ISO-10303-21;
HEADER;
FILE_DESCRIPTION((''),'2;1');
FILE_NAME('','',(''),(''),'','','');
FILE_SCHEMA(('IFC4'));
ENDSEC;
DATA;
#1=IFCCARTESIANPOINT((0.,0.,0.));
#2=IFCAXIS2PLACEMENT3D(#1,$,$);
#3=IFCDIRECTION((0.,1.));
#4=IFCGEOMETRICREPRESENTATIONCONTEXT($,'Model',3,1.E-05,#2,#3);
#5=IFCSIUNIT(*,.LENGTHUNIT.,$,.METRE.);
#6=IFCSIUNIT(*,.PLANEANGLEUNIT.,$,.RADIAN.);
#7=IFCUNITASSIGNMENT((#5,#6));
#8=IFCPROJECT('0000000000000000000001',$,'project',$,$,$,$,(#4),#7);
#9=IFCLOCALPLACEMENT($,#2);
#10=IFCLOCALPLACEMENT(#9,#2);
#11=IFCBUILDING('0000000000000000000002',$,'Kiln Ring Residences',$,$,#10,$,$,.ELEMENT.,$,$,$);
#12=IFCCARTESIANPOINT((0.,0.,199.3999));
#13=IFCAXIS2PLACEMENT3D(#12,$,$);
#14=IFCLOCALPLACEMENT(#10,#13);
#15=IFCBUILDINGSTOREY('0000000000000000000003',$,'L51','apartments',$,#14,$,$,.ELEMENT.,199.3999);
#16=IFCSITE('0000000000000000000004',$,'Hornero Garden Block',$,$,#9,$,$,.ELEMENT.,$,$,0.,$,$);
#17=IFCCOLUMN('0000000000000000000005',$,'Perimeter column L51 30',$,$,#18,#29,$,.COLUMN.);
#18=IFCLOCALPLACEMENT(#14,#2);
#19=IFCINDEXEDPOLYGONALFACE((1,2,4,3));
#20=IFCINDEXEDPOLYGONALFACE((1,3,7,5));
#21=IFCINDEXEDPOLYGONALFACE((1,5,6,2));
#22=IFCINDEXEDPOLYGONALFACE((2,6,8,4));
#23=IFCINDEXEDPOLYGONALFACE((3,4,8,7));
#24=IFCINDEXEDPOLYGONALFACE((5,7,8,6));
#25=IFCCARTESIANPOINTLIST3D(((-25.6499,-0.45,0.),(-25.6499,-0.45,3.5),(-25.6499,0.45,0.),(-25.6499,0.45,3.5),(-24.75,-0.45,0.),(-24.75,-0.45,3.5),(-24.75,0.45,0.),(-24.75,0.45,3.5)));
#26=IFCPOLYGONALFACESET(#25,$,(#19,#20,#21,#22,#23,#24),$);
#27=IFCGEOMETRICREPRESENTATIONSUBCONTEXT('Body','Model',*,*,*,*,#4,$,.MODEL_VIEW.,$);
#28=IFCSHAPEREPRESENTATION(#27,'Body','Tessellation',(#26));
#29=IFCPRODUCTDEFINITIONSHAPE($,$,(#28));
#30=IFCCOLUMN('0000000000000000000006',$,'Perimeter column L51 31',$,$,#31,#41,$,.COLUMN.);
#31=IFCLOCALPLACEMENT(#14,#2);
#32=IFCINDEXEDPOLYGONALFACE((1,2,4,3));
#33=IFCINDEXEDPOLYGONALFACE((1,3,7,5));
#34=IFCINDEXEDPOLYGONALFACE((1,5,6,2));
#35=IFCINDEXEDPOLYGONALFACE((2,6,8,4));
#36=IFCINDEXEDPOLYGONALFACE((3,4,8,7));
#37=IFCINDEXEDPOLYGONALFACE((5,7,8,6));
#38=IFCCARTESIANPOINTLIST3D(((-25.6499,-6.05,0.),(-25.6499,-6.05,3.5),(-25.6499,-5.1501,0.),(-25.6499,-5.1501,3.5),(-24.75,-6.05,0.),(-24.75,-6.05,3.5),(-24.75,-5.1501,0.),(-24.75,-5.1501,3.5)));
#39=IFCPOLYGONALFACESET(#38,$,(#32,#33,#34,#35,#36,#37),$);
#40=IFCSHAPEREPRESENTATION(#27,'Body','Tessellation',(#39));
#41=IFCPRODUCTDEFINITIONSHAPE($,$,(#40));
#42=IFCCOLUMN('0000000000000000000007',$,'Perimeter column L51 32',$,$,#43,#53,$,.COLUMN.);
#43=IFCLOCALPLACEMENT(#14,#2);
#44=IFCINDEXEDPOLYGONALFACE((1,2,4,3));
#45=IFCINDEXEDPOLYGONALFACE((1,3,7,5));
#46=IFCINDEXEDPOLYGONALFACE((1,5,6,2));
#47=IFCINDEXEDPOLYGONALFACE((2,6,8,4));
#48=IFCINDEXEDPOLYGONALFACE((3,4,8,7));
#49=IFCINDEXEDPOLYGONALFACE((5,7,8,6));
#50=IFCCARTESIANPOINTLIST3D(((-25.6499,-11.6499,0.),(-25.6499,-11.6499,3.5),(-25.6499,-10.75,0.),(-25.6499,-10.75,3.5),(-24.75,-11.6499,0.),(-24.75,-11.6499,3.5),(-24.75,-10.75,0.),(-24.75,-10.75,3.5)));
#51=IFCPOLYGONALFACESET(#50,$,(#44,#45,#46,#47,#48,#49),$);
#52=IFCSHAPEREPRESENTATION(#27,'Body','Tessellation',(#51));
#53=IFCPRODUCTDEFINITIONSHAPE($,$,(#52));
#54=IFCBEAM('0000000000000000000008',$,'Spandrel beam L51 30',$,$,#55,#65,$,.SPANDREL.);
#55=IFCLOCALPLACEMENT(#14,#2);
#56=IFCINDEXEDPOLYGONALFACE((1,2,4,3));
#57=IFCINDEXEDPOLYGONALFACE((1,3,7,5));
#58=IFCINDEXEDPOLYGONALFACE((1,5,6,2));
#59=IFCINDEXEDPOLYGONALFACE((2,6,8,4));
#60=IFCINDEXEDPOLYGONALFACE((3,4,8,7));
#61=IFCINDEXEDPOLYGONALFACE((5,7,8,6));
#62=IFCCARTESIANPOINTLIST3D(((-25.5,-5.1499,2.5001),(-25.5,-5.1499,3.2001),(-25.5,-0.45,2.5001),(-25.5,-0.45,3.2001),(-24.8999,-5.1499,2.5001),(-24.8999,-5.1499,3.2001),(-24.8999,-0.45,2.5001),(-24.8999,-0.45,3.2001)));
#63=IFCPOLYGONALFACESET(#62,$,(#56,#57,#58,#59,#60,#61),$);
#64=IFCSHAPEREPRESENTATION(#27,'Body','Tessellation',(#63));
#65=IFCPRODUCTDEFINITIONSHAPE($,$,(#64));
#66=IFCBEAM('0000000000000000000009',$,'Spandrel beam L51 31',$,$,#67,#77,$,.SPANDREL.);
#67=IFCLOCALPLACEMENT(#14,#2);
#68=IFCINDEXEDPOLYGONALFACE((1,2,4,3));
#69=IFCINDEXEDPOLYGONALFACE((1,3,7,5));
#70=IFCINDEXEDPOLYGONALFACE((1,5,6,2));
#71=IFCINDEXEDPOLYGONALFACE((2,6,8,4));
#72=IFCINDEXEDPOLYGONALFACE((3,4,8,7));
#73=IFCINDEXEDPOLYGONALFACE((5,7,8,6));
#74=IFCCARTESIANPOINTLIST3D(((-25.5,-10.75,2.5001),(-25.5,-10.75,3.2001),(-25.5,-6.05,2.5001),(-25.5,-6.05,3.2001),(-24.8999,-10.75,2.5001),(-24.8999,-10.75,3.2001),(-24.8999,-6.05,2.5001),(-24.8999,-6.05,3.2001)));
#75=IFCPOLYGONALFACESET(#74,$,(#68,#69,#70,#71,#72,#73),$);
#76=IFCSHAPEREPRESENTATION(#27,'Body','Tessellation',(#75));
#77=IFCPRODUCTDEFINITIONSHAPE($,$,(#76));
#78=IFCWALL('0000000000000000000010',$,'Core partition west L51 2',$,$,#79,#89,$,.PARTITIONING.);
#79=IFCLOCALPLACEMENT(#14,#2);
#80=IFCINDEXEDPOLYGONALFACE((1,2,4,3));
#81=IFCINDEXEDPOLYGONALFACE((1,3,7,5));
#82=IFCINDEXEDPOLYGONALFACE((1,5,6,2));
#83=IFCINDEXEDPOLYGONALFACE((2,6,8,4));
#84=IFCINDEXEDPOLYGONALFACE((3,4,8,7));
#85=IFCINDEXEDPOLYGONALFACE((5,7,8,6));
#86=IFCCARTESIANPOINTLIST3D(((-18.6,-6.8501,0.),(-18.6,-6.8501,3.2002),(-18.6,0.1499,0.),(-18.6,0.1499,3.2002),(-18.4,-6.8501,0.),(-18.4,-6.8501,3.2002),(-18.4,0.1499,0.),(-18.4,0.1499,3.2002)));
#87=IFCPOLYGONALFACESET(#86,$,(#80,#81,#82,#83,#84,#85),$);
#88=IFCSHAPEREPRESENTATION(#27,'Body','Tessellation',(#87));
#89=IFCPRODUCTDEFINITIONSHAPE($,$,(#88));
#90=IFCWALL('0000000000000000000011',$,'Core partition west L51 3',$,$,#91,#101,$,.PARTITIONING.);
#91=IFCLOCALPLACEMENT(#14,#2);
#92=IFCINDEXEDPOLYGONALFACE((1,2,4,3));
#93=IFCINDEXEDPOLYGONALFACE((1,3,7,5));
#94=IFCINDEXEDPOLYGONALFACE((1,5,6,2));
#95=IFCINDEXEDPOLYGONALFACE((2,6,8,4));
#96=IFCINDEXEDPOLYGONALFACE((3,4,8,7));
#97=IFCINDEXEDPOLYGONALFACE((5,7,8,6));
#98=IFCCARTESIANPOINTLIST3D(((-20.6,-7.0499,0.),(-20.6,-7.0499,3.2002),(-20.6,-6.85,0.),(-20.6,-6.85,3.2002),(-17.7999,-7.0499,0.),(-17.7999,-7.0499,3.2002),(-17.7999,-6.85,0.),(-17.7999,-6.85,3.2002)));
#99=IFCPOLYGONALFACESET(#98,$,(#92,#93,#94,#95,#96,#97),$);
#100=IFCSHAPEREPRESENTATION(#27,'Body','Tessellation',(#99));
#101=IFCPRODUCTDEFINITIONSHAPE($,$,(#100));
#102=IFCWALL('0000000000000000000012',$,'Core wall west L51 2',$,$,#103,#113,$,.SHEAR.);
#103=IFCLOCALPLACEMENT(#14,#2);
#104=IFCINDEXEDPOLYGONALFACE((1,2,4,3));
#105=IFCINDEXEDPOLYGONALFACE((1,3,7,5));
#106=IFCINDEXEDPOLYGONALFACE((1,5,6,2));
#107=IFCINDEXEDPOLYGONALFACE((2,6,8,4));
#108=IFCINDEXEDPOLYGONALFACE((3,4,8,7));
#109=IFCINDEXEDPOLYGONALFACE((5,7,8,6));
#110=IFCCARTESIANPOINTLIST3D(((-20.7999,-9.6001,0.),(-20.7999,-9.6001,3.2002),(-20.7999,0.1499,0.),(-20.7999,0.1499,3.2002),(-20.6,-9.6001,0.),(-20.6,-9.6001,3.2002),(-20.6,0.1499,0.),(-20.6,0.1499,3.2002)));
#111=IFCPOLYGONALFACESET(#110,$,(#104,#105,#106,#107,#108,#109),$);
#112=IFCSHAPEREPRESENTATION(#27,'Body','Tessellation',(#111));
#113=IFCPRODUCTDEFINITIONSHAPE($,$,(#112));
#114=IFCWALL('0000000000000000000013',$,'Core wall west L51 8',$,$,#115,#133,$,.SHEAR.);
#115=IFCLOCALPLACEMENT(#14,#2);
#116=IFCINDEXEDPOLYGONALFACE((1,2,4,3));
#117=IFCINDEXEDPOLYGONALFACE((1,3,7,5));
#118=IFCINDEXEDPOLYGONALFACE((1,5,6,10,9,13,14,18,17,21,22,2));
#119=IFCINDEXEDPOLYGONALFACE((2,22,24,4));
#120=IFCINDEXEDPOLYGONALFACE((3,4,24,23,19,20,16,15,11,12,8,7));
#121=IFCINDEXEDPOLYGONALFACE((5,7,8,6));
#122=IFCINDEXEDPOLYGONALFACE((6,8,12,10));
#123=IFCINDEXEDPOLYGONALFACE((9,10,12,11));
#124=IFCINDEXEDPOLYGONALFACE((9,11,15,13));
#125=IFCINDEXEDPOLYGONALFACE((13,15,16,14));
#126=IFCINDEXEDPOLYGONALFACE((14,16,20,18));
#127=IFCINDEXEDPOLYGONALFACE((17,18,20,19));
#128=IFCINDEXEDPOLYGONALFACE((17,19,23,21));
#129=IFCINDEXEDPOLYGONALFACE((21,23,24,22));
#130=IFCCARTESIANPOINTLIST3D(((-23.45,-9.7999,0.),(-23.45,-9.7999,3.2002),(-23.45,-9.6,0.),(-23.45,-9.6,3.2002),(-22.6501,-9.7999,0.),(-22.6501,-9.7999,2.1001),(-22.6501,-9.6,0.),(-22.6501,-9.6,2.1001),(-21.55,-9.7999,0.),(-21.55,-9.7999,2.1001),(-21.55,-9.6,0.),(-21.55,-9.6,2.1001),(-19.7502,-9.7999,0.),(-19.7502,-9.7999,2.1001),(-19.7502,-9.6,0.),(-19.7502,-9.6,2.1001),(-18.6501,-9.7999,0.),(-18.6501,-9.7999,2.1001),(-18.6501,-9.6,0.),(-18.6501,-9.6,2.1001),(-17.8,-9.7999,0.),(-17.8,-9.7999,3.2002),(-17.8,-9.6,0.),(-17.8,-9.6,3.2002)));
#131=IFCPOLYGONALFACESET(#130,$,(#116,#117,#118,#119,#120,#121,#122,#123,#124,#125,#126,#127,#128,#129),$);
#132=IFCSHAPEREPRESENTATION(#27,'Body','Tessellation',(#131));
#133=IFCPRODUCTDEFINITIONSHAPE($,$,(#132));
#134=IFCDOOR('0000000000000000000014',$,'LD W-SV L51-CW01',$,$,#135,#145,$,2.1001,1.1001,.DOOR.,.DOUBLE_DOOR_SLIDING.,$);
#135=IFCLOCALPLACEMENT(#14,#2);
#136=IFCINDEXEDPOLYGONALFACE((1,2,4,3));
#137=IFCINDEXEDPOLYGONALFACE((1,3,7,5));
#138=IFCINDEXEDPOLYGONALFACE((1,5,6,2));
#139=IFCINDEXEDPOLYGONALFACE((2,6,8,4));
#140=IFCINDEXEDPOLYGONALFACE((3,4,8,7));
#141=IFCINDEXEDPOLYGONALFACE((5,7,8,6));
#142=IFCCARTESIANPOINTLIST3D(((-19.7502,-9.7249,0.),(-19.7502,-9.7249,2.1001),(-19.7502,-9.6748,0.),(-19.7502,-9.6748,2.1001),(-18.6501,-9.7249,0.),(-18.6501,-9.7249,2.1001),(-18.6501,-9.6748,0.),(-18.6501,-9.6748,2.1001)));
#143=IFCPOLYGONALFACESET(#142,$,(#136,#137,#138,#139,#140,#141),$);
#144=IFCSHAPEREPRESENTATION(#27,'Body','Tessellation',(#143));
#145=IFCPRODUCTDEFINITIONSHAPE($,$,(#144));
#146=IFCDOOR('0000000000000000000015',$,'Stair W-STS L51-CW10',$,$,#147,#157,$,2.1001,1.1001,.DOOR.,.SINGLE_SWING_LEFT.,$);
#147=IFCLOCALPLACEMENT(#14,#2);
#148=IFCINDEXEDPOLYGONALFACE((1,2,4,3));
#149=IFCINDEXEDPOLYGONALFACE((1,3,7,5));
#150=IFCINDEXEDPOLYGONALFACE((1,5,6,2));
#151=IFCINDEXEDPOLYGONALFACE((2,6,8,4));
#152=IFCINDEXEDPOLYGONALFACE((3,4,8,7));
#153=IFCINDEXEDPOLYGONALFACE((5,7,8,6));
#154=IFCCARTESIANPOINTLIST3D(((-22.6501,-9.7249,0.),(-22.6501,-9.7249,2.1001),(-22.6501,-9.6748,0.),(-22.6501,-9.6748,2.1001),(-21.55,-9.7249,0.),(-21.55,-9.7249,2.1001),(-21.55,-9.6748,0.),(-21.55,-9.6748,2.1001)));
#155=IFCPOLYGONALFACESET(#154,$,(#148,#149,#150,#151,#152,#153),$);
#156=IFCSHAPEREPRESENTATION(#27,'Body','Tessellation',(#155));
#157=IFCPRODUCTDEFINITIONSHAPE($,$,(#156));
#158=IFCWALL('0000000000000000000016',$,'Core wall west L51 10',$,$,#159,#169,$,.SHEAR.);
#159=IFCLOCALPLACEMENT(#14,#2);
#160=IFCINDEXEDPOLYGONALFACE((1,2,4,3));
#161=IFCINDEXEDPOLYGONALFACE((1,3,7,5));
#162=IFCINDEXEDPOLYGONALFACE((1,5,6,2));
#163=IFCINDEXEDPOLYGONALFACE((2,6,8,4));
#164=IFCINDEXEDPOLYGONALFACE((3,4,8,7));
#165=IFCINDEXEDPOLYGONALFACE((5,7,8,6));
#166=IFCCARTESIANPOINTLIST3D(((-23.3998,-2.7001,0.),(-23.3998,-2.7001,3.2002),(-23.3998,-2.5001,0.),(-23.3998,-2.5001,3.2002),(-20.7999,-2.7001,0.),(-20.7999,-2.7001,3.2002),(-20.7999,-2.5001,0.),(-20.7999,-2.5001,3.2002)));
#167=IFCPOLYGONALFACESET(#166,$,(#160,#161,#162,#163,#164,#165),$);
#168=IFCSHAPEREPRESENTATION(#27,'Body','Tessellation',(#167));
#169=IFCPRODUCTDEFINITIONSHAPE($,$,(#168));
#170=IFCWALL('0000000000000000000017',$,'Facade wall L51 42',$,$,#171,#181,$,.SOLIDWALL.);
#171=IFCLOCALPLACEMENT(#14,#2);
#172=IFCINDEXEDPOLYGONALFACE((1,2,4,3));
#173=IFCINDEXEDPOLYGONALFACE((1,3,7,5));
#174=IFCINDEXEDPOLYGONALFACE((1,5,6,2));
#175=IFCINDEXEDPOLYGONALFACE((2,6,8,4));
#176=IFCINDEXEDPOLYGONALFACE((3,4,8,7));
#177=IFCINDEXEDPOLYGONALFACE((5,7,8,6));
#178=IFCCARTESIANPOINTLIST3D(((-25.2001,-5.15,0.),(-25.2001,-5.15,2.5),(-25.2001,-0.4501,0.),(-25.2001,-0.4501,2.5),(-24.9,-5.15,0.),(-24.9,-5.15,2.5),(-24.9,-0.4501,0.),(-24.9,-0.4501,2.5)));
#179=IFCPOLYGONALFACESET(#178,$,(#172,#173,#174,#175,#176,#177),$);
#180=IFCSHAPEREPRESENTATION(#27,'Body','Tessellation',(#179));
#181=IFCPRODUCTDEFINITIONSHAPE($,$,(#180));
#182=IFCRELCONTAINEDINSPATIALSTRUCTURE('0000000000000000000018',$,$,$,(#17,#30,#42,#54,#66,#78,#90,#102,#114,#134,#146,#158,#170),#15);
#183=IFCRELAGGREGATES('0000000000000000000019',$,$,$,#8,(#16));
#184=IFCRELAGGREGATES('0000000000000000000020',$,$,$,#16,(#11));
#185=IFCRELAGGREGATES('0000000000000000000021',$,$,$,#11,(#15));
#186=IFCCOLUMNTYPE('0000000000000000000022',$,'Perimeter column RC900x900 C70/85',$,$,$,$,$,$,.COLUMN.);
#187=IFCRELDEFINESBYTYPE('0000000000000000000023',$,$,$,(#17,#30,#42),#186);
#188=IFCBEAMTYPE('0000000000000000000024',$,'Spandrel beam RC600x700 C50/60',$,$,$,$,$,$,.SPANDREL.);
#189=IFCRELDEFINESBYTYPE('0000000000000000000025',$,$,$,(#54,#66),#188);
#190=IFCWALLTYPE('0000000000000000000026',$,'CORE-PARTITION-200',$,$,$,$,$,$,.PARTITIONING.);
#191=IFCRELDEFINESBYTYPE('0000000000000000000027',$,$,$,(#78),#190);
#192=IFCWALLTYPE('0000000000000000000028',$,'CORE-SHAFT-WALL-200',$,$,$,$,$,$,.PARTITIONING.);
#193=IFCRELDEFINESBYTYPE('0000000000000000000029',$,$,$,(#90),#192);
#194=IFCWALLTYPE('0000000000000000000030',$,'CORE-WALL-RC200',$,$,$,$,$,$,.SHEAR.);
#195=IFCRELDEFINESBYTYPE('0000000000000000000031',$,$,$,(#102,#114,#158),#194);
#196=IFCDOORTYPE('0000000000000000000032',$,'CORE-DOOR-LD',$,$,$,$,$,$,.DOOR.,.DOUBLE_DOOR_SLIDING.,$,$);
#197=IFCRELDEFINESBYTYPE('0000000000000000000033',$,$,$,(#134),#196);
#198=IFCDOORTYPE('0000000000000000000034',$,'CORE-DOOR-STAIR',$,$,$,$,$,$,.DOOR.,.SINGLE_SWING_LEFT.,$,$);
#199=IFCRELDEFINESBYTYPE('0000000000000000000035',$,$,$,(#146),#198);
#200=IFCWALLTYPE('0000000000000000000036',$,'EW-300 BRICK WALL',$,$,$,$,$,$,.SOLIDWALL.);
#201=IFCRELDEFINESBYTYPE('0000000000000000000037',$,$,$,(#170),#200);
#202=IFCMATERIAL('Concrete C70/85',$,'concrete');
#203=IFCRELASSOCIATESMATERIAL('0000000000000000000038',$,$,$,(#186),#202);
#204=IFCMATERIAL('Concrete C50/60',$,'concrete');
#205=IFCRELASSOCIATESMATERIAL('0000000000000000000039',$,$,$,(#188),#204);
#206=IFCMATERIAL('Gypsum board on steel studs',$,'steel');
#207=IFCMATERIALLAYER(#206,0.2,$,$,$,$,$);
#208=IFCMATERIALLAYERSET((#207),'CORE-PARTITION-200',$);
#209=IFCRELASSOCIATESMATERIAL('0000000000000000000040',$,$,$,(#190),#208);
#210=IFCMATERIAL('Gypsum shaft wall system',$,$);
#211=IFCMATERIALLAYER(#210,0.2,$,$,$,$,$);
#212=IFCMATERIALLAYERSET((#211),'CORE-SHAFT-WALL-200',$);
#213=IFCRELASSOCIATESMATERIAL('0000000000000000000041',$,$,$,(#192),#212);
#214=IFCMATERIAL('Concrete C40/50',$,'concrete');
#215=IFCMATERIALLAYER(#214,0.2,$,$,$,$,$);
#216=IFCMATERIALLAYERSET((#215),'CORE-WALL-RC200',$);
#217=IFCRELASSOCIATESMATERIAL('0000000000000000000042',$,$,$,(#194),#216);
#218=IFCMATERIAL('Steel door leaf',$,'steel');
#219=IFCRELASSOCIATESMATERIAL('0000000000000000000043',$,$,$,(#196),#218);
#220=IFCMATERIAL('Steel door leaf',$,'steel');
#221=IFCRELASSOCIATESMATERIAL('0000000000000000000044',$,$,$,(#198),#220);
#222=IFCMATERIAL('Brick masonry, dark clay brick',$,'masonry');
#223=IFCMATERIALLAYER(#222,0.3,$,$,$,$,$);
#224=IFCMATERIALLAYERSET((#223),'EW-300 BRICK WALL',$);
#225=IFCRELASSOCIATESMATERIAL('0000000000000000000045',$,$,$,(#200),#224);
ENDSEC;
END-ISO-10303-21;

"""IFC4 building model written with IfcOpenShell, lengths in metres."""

from ifc_helpers import new_model, si_unit, direction, frame, frame_2d, origin, origin_2d, place, context, subcontext, project, spatial, rectangle, extrude, material, layer, layer_set, material_profile, profile_set, type_object, element, fill, save


model = new_model("IFC4")

# Units and contexts
model_context = context("Model", 3, precision=1e-05, world=origin(), true_north=direction((0.0, 1.0)))
body_context = subcontext(model_context, "Body", "Model", "MODEL_VIEW")
ifc_project = project(units=[si_unit("LENGTHUNIT", "METRE"), si_unit("PLANEANGLEUNIT", "RADIAN")], contexts=[model_context])

# Site, building, storey
site_placement = place(None, origin())
site = spatial("IfcSite", under=ifc_project, at=site_placement, Name="Hornero Garden Block", CompositionType="ELEMENT", RefElevation=0.0)
building_placement = place(site_placement, origin())
building = spatial("IfcBuilding", under=site, at=building_placement, Name="Kiln Ring Residences", CompositionType="ELEMENT")
storey_placement = place(building_placement, frame((0.0, 0.0, 199.3999)))
storey = spatial("IfcBuildingStorey", under=building, at=storey_placement, Name="L51", Description="apartments", CompositionType="ELEMENT", Elevation=199.3999)

# Columns
ifc_material_1 = material(Name="Concrete C70/85", Category="concrete")
ifc_material_profile_1 = material_profile(ifc_material_1, rectangle(XDim=0.8999, YDim=0.8999, at=origin_2d()), Name="RC900x900")
ifc_profile_set_1 = profile_set([ifc_material_profile_1], Name="Concrete C70/85")
column_type = type_object("IfcColumnType", Name="Perimeter column RC900x900 C70/85", PredefinedType="COLUMN", material=ifc_profile_set_1)
for number, where, z_axis, x_axis, name in (
    (1, (-25.2, 0.0, 0.0), (0.0, 0.0, 1.0), (1.0, 0.0, 0.0), "Perimeter column L51 30"),
    (2, (-25.2, -5.6001, 0.0), (0.0, 0.0, 1.0), (1.0, 0.0, 0.0), "Perimeter column L51 31"),
    (3, (-25.2, -11.2, 0.0), (0.0, 0.0, 1.0), (1.0, 0.0, 0.0), "Perimeter column L51 32"),
):
    element("IfcColumn", number, at=place(storey_placement, frame(where, z_axis=z_axis, x_axis=x_axis)), inside=storey, type_object=column_type, Name=name, PredefinedType="COLUMN", context=body_context, shape_type="SweptSolid", body=[
        extrude(rectangle(XDim=0.8999, YDim=0.8999, at=origin_2d()), origin(), (0.0, 0.0, 1.0), 3.5),
    ])

# Beams
ifc_material_2 = material(Name="Concrete C50/60", Category="concrete")
ifc_material_profile_2 = material_profile(ifc_material_2, rectangle(XDim=0.6001, YDim=0.7, at=origin_2d()), Name="RC600x700")
ifc_profile_set_2 = profile_set([ifc_material_profile_2], Name="Concrete C50/60")
beam_type = type_object("IfcBeamType", Name="Spandrel beam RC600x700 C50/60", PredefinedType="SPANDREL", material=ifc_profile_set_2)
for number, where, z_axis, x_axis, name in (
    (4, (-25.2, -0.45, 2.8501), (0.0, -1.0, 0.0), (1.0, 0.0, 0.0), "Spandrel beam L51 30"),
    (5, (-25.2, -6.05, 2.8501), (0.0, -1.0, 0.0), (1.0, 0.0, 0.0), "Spandrel beam L51 31"),
):
    element("IfcBeam", number, at=place(storey_placement, frame(where, z_axis=z_axis, x_axis=x_axis)), inside=storey, type_object=beam_type, Name=name, PredefinedType="SPANDREL", context=body_context, shape_type="SweptSolid", body=[
        extrude(rectangle(XDim=0.6001, YDim=0.7, at=origin_2d()), origin(), (0.0, 0.0, 1.0), 4.7),
    ])

# Walls
ifc_material_3 = material(Name="Gypsum board on steel studs", Category="steel")
ifc_layer_1 = layer(ifc_material_3, 0.2)
ifc_layer_set_1 = layer_set([ifc_layer_1], Name="CORE-PARTITION-200")
wall_type_1 = type_object("IfcWallType", Name="CORE-PARTITION-200", PredefinedType="PARTITIONING", material=ifc_layer_set_1)
wall_1_placement = place(storey_placement, frame((-18.5, -6.8501, 0.0), z_axis=(0.0, 0.0, 1.0), x_axis=(0.0, 1.0, 0.0)))
element("IfcWall", 6, at=wall_1_placement, inside=storey, type_object=wall_type_1, Name="Core partition west L51 2", PredefinedType="PARTITIONING", context=body_context, shape_type="SweptSolid", body=[
    extrude(rectangle(XDim=7.0, YDim=0.2, at=frame_2d((3.5, 0.0))), origin(), (0.0, 0.0, 1.0), 3.2002),
])
ifc_material_4 = material(Name="Gypsum shaft wall system")
ifc_layer_2 = layer(ifc_material_4, 0.2)
ifc_layer_set_2 = layer_set([ifc_layer_2], Name="CORE-SHAFT-WALL-200")
wall_type_2 = type_object("IfcWallType", Name="CORE-SHAFT-WALL-200", PredefinedType="PARTITIONING", material=ifc_layer_set_2)
wall_2_placement = place(storey_placement, frame((-17.8, -6.95, 0.0), z_axis=(0.0, 0.0, 1.0), x_axis=(-1.0, 0.0, 0.0)))
element("IfcWall", 7, at=wall_2_placement, inside=storey, type_object=wall_type_2, Name="Core partition west L51 3", PredefinedType="PARTITIONING", context=body_context, shape_type="SweptSolid", body=[
    extrude(rectangle(XDim=2.8, YDim=0.2, at=frame_2d((1.3999, 0.0))), origin(), (0.0, 0.0, 1.0), 3.2002),
])
ifc_material_5 = material(Name="Concrete C40/50", Category="concrete")
ifc_layer_3 = layer(ifc_material_5, 0.2)
ifc_layer_set_3 = layer_set([ifc_layer_3], Name="CORE-WALL-RC200")
wall_type_3 = type_object("IfcWallType", Name="CORE-WALL-RC200", PredefinedType="SHEAR", material=ifc_layer_set_3)
wall_3_placement = place(storey_placement, frame((-20.7, -9.6001, 0.0), z_axis=(0.0, 0.0, 1.0), x_axis=(0.0, 1.0, 0.0)))
element("IfcWall", 8, at=wall_3_placement, inside=storey, type_object=wall_type_3, Name="Core wall west L51 2", PredefinedType="SHEAR", context=body_context, shape_type="SweptSolid", body=[
    extrude(rectangle(XDim=9.75, YDim=0.2, at=frame_2d((4.875, 0.0))), origin(), (0.0, 0.0, 1.0), 3.2002),
])

# Wall, openings, doors
wall_4_placement = place(storey_placement, frame((-17.8, -9.7, 0.0), z_axis=(0.0, 0.0, 1.0), x_axis=(-1.0, 0.0, 0.0)))
wall_4 = element("IfcWall", 9, at=wall_4_placement, inside=storey, type_object=wall_type_3, Name="Core wall west L51 8", PredefinedType="SHEAR", context=body_context, shape_type="SweptSolid", body=[
    extrude(rectangle(XDim=5.6499, YDim=0.2, at=frame_2d((2.825, 0.0))), origin(), (0.0, 0.0, 1.0), 3.2002),
])
opening_1_placement = place(wall_4_placement, frame((0.8501, 0.0, 0.0)))
opening_1 = element("IfcOpeningElement", 10, at=opening_1_placement, cuts=wall_4, PredefinedType="OPENING", context=body_context, shape_type="SweptSolid", body=[
    extrude(rectangle(XDim=1.1001, YDim=2.1001, at=frame_2d((0.55, 1.05))), frame((0.0, 0.1099, 0.0), z_axis=(0.0, -1.0, 0.0), x_axis=(1.0, 0.0, 0.0)), (0.0, 0.0, 1.0), 0.22),
])
opening_2_placement = place(wall_4_placement, frame((3.75, 0.0, 0.0)))
opening_2 = element("IfcOpeningElement", 11, at=opening_2_placement, cuts=wall_4, PredefinedType="OPENING", context=body_context, shape_type="SweptSolid", body=[
    extrude(rectangle(XDim=1.1001, YDim=2.1001, at=frame_2d((0.55, 1.05))), frame((0.0, 0.1099, 0.0), z_axis=(0.0, -1.0, 0.0), x_axis=(1.0, 0.0, 0.0)), (0.0, 0.0, 1.0), 0.22),
])
ifc_material_6 = material(Name="Steel door leaf", Category="steel")
door_type_1 = type_object("IfcDoorType", Name="CORE-DOOR-LD", OperationType="DOUBLE_DOOR_SLIDING", PredefinedType="DOOR", material=ifc_material_6)
door_1_placement = place(opening_1_placement, origin())
door_1 = element("IfcDoor", 12, at=door_1_placement, inside=storey, type_object=door_type_1, Name="LD W-SV L51-CW01", OperationType="DOUBLE_DOOR_SLIDING", OverallHeight=2.1001, OverallWidth=1.1001, PredefinedType="DOOR", context=body_context, shape_type="SweptSolid", body=[
    extrude(rectangle(XDim=1.1001, YDim=2.1001, at=frame_2d((0.55, 1.05))), frame((0.0, 0.0249, 0.0), z_axis=(0.0, -1.0, 0.0), x_axis=(1.0, 0.0, 0.0)), (0.0, 0.0, 1.0), 0.05),
])
fill(opening_1, door_1)
ifc_material_7 = material(Name="Steel door leaf", Category="steel")
door_type_2 = type_object("IfcDoorType", Name="CORE-DOOR-STAIR", OperationType="SINGLE_SWING_LEFT", PredefinedType="DOOR", material=ifc_material_7)
door_2_placement = place(opening_2_placement, origin())
door_2 = element("IfcDoor", 13, at=door_2_placement, inside=storey, type_object=door_type_2, Name="Stair W-STS L51-CW10", OperationType="SINGLE_SWING_LEFT", OverallHeight=2.1001, OverallWidth=1.1001, PredefinedType="DOOR", context=body_context, shape_type="SweptSolid", body=[
    extrude(rectangle(XDim=1.1001, YDim=2.1001, at=frame_2d((0.55, 1.05))), frame((0.0, 0.0249, 0.0), z_axis=(0.0, -1.0, 0.0), x_axis=(1.0, 0.0, 0.0)), (0.0, 0.0, 1.0), 0.05),
])
fill(opening_2, door_2)

# Walls
wall_5_placement = place(storey_placement, frame((-20.8, -2.6001, 0.0), z_axis=(0.0, 0.0, 1.0), x_axis=(-1.0, 0.0, 0.0)))
element("IfcWall", 14, at=wall_5_placement, inside=storey, type_object=wall_type_3, Name="Core wall west L51 10", PredefinedType="SHEAR", context=body_context, shape_type="SweptSolid", body=[
    extrude(rectangle(XDim=2.5999, YDim=0.2, at=frame_2d((1.2998, 0.0))), origin(), (0.0, 0.0, 1.0), 3.2002),
])
ifc_material_8 = material(Name="Brick masonry, dark clay brick", Category="masonry")
ifc_layer_4 = layer(ifc_material_8, 0.3)
ifc_layer_set_4 = layer_set([ifc_layer_4], Name="EW-300 BRICK WALL")
wall_type_4 = type_object("IfcWallType", Name="EW-300 BRICK WALL", PredefinedType="SOLIDWALL", material=ifc_layer_set_4)
for number, where, z_axis, x_axis, name in (
    (15, (-25.05, -0.45, 0.0), (0.0, 0.0, 1.0), (0.0, -1.0, 0.0), "Facade wall L51 42"),
):
    element("IfcWall", number, at=place(storey_placement, frame(where, z_axis=z_axis, x_axis=x_axis)), inside=storey, type_object=wall_type_4, Name=name, PredefinedType="SOLIDWALL", context=body_context, shape_type="SweptSolid", body=[
        extrude(rectangle(XDim=4.7, YDim=0.3, at=frame_2d((2.3501, 0.0))), origin(), (0.0, 0.0, 1.0), 2.5),
    ])

save(model, "model.ifc")
